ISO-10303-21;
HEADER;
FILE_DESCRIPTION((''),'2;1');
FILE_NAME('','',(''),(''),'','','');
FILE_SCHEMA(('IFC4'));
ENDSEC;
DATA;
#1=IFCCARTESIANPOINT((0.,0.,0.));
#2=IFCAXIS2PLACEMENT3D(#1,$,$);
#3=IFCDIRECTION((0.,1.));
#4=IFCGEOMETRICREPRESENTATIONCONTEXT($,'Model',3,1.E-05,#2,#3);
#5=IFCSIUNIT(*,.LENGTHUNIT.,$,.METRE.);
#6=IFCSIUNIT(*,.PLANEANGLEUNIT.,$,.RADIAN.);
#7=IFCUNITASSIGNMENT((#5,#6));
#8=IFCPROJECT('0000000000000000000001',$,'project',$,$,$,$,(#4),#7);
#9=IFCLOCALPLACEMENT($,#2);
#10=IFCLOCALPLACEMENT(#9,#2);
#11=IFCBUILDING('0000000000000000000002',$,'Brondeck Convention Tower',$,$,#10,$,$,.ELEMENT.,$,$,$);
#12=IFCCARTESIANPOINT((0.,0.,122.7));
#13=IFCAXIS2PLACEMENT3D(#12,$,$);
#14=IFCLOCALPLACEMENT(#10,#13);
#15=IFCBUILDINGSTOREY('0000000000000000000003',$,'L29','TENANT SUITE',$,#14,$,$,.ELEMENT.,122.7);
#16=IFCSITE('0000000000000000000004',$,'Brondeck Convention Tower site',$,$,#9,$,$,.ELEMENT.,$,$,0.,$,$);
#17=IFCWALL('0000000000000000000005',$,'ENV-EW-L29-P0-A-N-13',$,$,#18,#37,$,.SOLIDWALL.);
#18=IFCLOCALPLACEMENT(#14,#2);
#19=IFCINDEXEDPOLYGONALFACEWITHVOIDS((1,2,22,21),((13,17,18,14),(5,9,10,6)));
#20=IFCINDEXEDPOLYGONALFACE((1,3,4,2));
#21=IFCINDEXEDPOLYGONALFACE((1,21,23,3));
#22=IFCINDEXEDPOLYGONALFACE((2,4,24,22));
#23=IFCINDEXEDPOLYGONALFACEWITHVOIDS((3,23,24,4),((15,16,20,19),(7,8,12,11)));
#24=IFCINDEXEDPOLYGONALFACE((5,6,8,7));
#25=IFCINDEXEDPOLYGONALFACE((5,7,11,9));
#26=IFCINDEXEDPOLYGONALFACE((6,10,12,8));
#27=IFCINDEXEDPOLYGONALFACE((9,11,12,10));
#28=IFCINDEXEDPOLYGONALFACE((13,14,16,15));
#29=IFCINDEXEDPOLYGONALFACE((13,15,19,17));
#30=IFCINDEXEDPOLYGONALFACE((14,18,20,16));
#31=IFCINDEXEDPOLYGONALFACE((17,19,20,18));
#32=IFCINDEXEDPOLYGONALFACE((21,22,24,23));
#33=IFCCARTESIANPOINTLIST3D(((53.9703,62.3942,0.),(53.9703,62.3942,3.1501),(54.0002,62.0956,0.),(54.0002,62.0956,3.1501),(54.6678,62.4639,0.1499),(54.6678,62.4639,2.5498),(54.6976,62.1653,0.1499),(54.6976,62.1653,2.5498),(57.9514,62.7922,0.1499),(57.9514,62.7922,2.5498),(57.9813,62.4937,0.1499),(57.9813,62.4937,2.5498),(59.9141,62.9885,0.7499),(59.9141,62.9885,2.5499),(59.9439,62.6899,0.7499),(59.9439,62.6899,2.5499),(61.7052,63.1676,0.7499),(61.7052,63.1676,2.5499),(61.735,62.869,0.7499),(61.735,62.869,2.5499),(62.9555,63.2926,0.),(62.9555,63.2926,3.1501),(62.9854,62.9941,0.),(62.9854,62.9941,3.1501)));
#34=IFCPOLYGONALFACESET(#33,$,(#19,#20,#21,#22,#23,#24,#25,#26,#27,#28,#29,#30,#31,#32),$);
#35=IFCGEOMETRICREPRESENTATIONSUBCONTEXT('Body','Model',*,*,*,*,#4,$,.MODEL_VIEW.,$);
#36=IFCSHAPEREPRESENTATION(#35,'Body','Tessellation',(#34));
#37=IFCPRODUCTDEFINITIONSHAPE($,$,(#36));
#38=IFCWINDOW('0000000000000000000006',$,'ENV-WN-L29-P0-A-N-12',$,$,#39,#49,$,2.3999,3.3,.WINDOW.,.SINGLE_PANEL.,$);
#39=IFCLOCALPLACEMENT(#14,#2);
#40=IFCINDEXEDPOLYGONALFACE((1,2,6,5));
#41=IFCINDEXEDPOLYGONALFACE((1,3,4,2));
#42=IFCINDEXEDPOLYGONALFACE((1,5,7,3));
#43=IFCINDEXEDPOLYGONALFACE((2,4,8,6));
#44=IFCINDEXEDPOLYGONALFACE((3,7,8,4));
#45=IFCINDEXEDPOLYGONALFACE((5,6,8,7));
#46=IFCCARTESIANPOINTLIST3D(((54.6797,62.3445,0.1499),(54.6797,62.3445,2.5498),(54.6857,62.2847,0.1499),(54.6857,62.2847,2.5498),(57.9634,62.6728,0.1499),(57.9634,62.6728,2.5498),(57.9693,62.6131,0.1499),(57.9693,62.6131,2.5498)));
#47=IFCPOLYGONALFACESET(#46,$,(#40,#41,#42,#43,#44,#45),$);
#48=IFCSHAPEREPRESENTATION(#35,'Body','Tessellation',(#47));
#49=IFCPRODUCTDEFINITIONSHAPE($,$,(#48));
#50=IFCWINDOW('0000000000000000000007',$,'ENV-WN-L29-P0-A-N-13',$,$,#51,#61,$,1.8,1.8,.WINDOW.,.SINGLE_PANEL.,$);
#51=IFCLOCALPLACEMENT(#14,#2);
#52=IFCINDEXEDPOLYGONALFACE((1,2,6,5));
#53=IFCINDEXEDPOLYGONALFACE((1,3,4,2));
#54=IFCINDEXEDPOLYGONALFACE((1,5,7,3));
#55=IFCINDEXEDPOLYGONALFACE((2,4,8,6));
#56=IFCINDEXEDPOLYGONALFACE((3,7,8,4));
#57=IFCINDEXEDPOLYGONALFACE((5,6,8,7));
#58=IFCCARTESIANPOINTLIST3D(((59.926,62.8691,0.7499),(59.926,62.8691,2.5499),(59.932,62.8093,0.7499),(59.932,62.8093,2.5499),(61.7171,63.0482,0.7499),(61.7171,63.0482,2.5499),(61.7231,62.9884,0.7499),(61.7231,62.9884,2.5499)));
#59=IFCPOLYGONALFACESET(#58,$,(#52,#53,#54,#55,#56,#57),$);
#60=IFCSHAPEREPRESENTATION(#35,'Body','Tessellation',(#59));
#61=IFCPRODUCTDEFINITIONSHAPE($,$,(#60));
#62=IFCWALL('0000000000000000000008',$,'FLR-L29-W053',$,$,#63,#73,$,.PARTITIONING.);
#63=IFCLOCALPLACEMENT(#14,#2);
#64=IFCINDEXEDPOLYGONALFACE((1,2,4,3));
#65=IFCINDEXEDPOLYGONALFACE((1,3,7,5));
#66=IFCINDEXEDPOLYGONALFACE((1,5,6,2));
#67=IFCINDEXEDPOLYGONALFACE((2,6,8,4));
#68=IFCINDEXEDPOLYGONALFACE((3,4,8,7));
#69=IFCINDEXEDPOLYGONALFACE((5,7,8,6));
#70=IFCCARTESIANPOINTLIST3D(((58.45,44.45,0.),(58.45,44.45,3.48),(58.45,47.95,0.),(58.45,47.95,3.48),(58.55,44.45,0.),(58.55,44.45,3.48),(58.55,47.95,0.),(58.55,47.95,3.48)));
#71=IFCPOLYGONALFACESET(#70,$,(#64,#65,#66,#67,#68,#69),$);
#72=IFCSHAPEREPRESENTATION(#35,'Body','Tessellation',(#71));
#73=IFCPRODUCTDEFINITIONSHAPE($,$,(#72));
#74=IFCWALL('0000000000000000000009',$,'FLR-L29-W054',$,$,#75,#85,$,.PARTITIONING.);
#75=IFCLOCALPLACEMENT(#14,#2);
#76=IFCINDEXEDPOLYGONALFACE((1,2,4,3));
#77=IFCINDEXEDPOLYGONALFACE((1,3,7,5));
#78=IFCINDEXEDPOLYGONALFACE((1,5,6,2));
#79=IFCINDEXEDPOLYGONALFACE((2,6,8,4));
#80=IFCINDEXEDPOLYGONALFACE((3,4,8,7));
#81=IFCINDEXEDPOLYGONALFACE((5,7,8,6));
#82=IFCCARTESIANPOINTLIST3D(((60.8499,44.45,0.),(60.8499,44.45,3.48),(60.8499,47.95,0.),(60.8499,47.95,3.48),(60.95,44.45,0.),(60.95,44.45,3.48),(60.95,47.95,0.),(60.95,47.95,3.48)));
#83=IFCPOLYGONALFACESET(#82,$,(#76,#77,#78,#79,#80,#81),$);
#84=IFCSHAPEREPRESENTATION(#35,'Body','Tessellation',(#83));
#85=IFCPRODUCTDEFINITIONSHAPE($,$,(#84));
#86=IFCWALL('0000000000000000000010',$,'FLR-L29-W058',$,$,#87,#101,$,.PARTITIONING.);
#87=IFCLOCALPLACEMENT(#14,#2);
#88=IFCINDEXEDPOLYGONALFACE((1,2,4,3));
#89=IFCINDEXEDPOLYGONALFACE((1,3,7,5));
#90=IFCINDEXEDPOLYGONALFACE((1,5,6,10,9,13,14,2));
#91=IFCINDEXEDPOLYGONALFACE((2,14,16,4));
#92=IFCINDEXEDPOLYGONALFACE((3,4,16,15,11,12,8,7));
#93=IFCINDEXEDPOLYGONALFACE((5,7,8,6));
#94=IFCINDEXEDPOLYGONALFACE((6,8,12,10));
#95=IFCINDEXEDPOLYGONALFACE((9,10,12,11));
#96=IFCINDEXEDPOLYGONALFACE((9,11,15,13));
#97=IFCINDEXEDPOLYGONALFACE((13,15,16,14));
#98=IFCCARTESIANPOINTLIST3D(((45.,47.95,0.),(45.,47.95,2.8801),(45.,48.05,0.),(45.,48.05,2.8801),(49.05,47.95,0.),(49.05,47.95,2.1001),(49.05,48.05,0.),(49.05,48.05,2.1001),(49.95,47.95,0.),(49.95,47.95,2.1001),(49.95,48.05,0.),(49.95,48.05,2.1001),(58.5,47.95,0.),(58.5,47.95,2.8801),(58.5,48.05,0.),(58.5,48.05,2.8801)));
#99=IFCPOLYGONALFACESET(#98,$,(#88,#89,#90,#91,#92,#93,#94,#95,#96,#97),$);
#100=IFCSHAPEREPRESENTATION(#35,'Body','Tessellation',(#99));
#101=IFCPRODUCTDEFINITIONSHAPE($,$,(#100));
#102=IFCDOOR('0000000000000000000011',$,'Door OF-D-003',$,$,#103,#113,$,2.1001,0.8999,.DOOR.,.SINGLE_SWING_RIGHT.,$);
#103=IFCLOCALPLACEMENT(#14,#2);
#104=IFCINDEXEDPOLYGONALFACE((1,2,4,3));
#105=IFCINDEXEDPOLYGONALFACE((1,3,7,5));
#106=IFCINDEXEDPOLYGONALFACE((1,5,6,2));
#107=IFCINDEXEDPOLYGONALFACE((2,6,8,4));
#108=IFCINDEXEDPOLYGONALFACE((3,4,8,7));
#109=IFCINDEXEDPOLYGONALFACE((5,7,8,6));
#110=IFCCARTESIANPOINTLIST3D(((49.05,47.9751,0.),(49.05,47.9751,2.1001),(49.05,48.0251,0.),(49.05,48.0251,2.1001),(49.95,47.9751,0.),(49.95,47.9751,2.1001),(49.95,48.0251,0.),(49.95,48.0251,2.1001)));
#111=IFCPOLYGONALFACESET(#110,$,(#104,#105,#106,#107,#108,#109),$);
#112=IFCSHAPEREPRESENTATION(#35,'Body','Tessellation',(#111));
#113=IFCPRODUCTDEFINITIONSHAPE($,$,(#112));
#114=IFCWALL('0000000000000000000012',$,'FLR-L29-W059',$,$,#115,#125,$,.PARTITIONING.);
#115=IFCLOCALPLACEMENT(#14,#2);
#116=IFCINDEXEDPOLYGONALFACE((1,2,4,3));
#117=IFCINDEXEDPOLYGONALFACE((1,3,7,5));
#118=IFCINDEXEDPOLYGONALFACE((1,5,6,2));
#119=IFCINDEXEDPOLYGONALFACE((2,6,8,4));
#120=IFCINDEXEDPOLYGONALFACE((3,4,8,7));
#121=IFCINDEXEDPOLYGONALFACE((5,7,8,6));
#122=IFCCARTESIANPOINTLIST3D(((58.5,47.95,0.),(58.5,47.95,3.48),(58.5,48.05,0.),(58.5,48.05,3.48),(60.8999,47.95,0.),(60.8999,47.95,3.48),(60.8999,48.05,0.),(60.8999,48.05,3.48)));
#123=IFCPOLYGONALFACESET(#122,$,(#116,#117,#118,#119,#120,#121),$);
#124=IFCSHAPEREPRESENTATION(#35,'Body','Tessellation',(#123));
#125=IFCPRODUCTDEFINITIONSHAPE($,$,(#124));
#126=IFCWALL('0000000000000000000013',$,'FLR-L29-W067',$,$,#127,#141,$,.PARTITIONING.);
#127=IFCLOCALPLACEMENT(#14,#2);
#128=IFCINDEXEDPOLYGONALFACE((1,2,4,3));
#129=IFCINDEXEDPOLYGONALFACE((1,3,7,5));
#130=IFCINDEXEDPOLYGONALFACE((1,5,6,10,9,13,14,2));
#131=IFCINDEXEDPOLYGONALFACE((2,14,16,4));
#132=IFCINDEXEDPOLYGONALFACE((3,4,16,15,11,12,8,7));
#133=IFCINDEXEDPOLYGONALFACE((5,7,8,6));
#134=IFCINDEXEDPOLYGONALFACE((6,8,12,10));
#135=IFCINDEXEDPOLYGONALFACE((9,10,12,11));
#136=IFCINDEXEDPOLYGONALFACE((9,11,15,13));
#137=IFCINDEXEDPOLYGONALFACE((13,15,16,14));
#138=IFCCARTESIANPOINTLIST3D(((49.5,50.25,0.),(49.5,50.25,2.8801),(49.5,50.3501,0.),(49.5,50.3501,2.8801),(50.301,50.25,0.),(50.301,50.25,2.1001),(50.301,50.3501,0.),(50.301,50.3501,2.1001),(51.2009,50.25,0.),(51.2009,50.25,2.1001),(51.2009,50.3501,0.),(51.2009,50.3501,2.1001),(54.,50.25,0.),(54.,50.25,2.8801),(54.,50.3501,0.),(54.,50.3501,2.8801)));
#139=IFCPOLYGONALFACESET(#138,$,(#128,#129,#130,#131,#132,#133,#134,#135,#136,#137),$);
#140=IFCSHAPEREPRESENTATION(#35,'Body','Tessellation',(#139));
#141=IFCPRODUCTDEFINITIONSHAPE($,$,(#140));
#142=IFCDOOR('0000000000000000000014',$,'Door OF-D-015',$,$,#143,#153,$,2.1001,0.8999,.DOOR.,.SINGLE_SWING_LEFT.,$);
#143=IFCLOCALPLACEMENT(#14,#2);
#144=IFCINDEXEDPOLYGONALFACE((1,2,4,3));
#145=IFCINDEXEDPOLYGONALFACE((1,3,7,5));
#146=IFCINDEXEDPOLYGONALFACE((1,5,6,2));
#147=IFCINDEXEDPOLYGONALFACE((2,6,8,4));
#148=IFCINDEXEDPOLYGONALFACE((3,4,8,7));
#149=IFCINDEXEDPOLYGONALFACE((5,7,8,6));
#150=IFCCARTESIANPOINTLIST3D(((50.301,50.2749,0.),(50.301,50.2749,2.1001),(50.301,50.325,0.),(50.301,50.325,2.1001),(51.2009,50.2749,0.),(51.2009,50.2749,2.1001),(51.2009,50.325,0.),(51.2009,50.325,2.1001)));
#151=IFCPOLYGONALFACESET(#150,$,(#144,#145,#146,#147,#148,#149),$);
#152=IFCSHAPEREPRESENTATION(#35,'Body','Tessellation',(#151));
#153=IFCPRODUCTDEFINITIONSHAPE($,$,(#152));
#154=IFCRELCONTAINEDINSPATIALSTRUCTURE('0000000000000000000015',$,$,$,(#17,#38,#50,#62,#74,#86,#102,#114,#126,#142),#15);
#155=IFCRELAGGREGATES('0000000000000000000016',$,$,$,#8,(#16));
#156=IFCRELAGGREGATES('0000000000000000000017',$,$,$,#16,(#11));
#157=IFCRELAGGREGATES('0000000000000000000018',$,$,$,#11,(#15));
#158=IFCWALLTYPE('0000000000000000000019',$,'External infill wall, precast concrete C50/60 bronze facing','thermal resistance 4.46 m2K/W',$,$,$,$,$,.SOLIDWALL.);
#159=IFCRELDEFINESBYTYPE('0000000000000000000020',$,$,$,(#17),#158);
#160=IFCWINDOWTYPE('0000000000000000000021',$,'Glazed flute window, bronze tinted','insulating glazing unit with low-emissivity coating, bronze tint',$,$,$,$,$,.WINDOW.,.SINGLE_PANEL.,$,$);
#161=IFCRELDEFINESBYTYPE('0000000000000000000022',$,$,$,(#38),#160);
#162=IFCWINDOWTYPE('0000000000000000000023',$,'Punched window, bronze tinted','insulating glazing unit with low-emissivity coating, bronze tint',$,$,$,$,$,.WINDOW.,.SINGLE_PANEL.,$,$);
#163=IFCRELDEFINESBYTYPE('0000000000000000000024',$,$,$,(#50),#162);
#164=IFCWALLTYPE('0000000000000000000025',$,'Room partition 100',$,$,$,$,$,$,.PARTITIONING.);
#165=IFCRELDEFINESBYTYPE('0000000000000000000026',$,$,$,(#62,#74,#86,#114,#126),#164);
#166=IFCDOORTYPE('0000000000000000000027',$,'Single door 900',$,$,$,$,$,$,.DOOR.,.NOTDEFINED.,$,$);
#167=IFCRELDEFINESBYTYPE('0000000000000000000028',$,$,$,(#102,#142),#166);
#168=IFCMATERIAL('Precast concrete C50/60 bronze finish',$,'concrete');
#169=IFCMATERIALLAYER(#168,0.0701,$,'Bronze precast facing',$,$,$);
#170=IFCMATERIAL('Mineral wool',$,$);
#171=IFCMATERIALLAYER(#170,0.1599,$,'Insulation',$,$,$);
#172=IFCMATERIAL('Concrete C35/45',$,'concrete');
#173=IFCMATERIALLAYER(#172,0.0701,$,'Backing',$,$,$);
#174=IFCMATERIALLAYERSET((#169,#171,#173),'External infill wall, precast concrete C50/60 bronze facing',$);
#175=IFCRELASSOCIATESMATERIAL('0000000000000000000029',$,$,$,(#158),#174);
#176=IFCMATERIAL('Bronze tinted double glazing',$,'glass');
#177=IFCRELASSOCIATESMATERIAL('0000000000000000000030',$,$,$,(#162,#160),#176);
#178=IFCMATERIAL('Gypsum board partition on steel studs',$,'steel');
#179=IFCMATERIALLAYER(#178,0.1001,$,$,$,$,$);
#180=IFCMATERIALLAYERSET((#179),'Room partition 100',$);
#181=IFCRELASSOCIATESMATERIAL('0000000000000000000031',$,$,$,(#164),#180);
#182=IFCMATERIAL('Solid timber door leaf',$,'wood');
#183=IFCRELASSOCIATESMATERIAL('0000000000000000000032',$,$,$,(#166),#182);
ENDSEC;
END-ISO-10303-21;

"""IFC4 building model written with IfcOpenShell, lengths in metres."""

from ifc_helpers import new_model, si_unit, direction, frame, frame_2d, origin, place, context, subcontext, project, spatial, rectangle, extrude, material, layer, layer_set, type_object, element, fill, save


model = new_model("IFC4")

# Units and contexts
model_context = context("Model", 3, precision=1e-05, world=origin(), true_north=direction((0.0, 1.0)))
body_context = subcontext(model_context, "Body", "Model", "MODEL_VIEW")
ifc_project = project(units=[si_unit("LENGTHUNIT", "METRE"), si_unit("PLANEANGLEUNIT", "RADIAN")], contexts=[model_context])

# Site, building, storey
site_placement = place(None, origin())
site = spatial("IfcSite", under=ifc_project, at=site_placement, Name="Brondeck Convention Tower site", CompositionType="ELEMENT", RefElevation=0.0)
building_placement = place(site_placement, origin())
building = spatial("IfcBuilding", under=site, at=building_placement, Name="Brondeck Convention Tower", CompositionType="ELEMENT")
storey_placement = place(building_placement, frame((0.0, 0.0, 122.7)))
storey = spatial("IfcBuildingStorey", under=building, at=storey_placement, Name="L29", Description="TENANT SUITE", CompositionType="ELEMENT", Elevation=122.7)

# Shared definitions
ifc_material_1 = material(Name="Precast concrete C50/60 bronze finish", Category="concrete")
ifc_layer_1 = layer(ifc_material_1, 0.0701, Name="Bronze precast facing")
ifc_material_2 = material(Name="Mineral wool")
ifc_layer_2 = layer(ifc_material_2, 0.1599, Name="Insulation")
ifc_material_3 = material(Name="Concrete C35/45", Category="concrete")
ifc_layer_3 = layer(ifc_material_3, 0.0701, Name="Backing")
ifc_layer_set_1 = layer_set([ifc_layer_1, ifc_layer_2, ifc_layer_3], Name="External infill wall, precast concrete C50/60 bronze facing")
wall_type_1 = type_object("IfcWallType", Name="External infill wall, precast concrete C50/60 bronze facing", Description="thermal resistance 4.46 m2K/W", PredefinedType="SOLIDWALL", material=ifc_layer_set_1)
ifc_material_4 = material(Name="Bronze tinted double glazing", Category="glass")
window_type_1 = type_object("IfcWindowType", Name="Punched window, bronze tinted", Description="insulating glazing unit with low-emissivity coating, bronze tint", PartitioningType="SINGLE_PANEL", PredefinedType="WINDOW", material=ifc_material_4)

# Wall, openings, windows
wall_1_placement = place(storey_placement, frame((53.9851, 62.2449, 0.0), z_axis=(0.0, 0.0, 1.0), x_axis=(0.995038, 0.099496, 0.0)))
wall_1 = element("IfcWall", 1, at=wall_1_placement, inside=storey, type_object=wall_type_1, Name="ENV-EW-L29-P0-A-N-13", PredefinedType="SOLIDWALL", context=body_context, shape_type="SweptSolid", body=[
    extrude(rectangle(XDim=9.03, YDim=0.3, at=frame_2d((4.5151, 0.0))), origin(), (0.0, 0.0, 1.0), 3.1501),
])
opening_1_placement = place(wall_1_placement, frame((0.7012, 0.0, 0.1499)))
opening_1 = element("IfcOpeningElement", 2, at=opening_1_placement, cuts=wall_1, PredefinedType="OPENING", context=body_context, shape_type="SweptSolid", body=[
    extrude(rectangle(XDim=3.3, YDim=2.3999, at=frame_2d((1.6499, 1.2))), frame((0.0, 0.1599, 0.0), z_axis=(0.0, -1.0, 0.0), x_axis=(1.0, 0.0, 0.0)), (0.0, 0.0, 1.0), 0.3201),
])
opening_2_placement = place(wall_1_placement, frame((5.9736, 0.0, 0.75)))
opening_2 = element("IfcOpeningElement", 3, at=opening_2_placement, cuts=wall_1, PredefinedType="OPENING", context=body_context, shape_type="SweptSolid", body=[
    extrude(rectangle(XDim=1.8, YDim=1.8, at=frame_2d((0.8999, 0.8999))), frame((0.0, 0.1599, 0.0), z_axis=(0.0, -1.0, 0.0), x_axis=(1.0, 0.0, 0.0)), (0.0, 0.0, 1.0), 0.3201),
])
window_type_2 = type_object("IfcWindowType", Name="Glazed flute window, bronze tinted", Description="insulating glazing unit with low-emissivity coating, bronze tint", PartitioningType="SINGLE_PANEL", PredefinedType="WINDOW", material=ifc_material_4)
window_1_placement = place(opening_1_placement, origin())
window_1 = element("IfcWindow", 4, at=window_1_placement, inside=storey, type_object=window_type_2, Name="ENV-WN-L29-P0-A-N-12", OverallHeight=2.3999, OverallWidth=3.3, PartitioningType="SINGLE_PANEL", PredefinedType="WINDOW", context=body_context, shape_type="SweptSolid", body=[
    extrude(rectangle(XDim=3.3, YDim=2.3999, at=frame_2d((1.6499, 1.2))), frame((0.0, 0.03, 0.0), z_axis=(0.0, -1.0, 0.0), x_axis=(1.0, 0.0, 0.0)), (0.0, 0.0, 1.0), 0.0601),
])
fill(opening_1, window_1)
window_2_placement = place(opening_2_placement, origin())
window_2 = element("IfcWindow", 5, at=window_2_placement, inside=storey, type_object=window_type_1, Name="ENV-WN-L29-P0-A-N-13", OverallHeight=1.8, OverallWidth=1.8, PartitioningType="SINGLE_PANEL", PredefinedType="WINDOW", context=body_context, shape_type="SweptSolid", body=[
    extrude(rectangle(XDim=1.8, YDim=1.8, at=frame_2d((0.8999, 0.8999))), frame((0.0, 0.03, 0.0), z_axis=(0.0, -1.0, 0.0), x_axis=(1.0, 0.0, 0.0)), (0.0, 0.0, 1.0), 0.0601),
])
fill(opening_2, window_2)

# Walls
ifc_material_5 = material(Name="Gypsum board partition on steel studs", Category="steel")
ifc_layer_4 = layer(ifc_material_5, 0.1001)
ifc_layer_set_2 = layer_set([ifc_layer_4], Name="Room partition 100")
wall_type_2 = type_object("IfcWallType", Name="Room partition 100", PredefinedType="PARTITIONING", material=ifc_layer_set_2)
for number, where, z_axis, x_axis, name in (
    (6, (58.5, 47.95, 0.0), (0.0, 0.0, 1.0), (0.0, -1.0, 0.0), "FLR-L29-W053"),
    (7, (60.8999, 47.95, 0.0), (0.0, 0.0, 1.0), (0.0, -1.0, 0.0), "FLR-L29-W054"),
):
    element("IfcWall", number, at=place(storey_placement, frame(where, z_axis=z_axis, x_axis=x_axis)), inside=storey, type_object=wall_type_2, Name=name, PredefinedType="PARTITIONING", context=body_context, shape_type="SweptSolid", body=[
        extrude(rectangle(XDim=3.5, YDim=0.1001, at=frame_2d((1.75, 0.0))), origin(), (0.0, 0.0, 1.0), 3.48),
    ])

# Wall, opening, door
wall_2_placement = place(storey_placement, frame((58.5, 48.0, 0.0), z_axis=(0.0, 0.0, 1.0), x_axis=(-1.0, 0.0, 0.0)))
wall_2 = element("IfcWall", 8, at=wall_2_placement, inside=storey, type_object=wall_type_2, Name="FLR-L29-W058", PredefinedType="PARTITIONING", context=body_context, shape_type="SweptSolid", body=[
    extrude(rectangle(XDim=13.5, YDim=0.1001, at=frame_2d((6.75, 0.0))), origin(), (0.0, 0.0, 1.0), 2.8801),
])
opening_3_placement = place(wall_2_placement, frame((8.55, 0.0, 0.0)))
opening_3 = element("IfcOpeningElement", 9, at=opening_3_placement, cuts=wall_2, PredefinedType="OPENING", context=body_context, shape_type="SweptSolid", body=[
    extrude(rectangle(XDim=0.8999, YDim=2.1001, at=frame_2d((0.45, 1.05))), frame((0.0, 0.0601, 0.0), z_axis=(0.0, -1.0, 0.0), x_axis=(1.0, 0.0, 0.0)), (0.0, 0.0, 1.0), 0.1201),
])
ifc_material_6 = material(Name="Solid timber door leaf", Category="wood")
door_type = type_object("IfcDoorType", Name="Single door 900", OperationType="NOTDEFINED", PredefinedType="DOOR", material=ifc_material_6)
door_1_placement = place(opening_3_placement, origin())
door_1 = element("IfcDoor", 10, at=door_1_placement, inside=storey, type_object=door_type, Name="Door OF-D-003", OperationType="SINGLE_SWING_RIGHT", OverallHeight=2.1001, OverallWidth=0.8999, PredefinedType="DOOR", context=body_context, shape_type="SweptSolid", body=[
    extrude(rectangle(XDim=0.8999, YDim=2.1001, at=frame_2d((0.45, 1.05))), frame((0.0, 0.0249, 0.0), z_axis=(0.0, -1.0, 0.0), x_axis=(1.0, 0.0, 0.0)), (0.0, 0.0, 1.0), 0.05),
])
fill(opening_3, door_1)

# Wall
wall_3_placement = place(storey_placement, frame((60.8999, 48.0, 0.0), z_axis=(0.0, 0.0, 1.0), x_axis=(-1.0, 0.0, 0.0)))
element("IfcWall", 11, at=wall_3_placement, inside=storey, type_object=wall_type_2, Name="FLR-L29-W059", PredefinedType="PARTITIONING", context=body_context, shape_type="SweptSolid", body=[
    extrude(rectangle(XDim=2.3999, YDim=0.1001, at=frame_2d((1.2, 0.0))), origin(), (0.0, 0.0, 1.0), 3.48),
])

# Wall, opening, door
wall_4_placement = place(storey_placement, frame((49.5, 50.3, 0.0), z_axis=(0.0, 0.0, 1.0), x_axis=(1.0, 0.0, 0.0)))
wall_4 = element("IfcWall", 12, at=wall_4_placement, inside=storey, type_object=wall_type_2, Name="FLR-L29-W067", PredefinedType="PARTITIONING", context=body_context, shape_type="SweptSolid", body=[
    extrude(rectangle(XDim=4.5, YDim=0.1001, at=frame_2d((2.25, 0.0))), origin(), (0.0, 0.0, 1.0), 2.8801),
])
opening_4_placement = place(wall_4_placement, frame((0.801, 0.0, 0.0)))
opening_4 = element("IfcOpeningElement", 13, at=opening_4_placement, cuts=wall_4, PredefinedType="OPENING", context=body_context, shape_type="SweptSolid", body=[
    extrude(rectangle(XDim=0.8999, YDim=2.1001, at=frame_2d((0.45, 1.05))), frame((0.0, 0.0601, 0.0), z_axis=(0.0, -1.0, 0.0), x_axis=(1.0, 0.0, 0.0)), (0.0, 0.0, 1.0), 0.1201),
])
door_2_placement = place(opening_4_placement, origin())
door_2 = element("IfcDoor", 14, at=door_2_placement, inside=storey, type_object=door_type, Name="Door OF-D-015", OperationType="SINGLE_SWING_LEFT", OverallHeight=2.1001, OverallWidth=0.8999, PredefinedType="DOOR", context=body_context, shape_type="SweptSolid", body=[
    extrude(rectangle(XDim=0.8999, YDim=2.1001, at=frame_2d((0.45, 1.05))), frame((0.0, 0.0249, 0.0), z_axis=(0.0, -1.0, 0.0), x_axis=(1.0, 0.0, 0.0)), (0.0, 0.0, 1.0), 0.05),
])
fill(opening_4, door_2)

save(model, "model.ifc")
